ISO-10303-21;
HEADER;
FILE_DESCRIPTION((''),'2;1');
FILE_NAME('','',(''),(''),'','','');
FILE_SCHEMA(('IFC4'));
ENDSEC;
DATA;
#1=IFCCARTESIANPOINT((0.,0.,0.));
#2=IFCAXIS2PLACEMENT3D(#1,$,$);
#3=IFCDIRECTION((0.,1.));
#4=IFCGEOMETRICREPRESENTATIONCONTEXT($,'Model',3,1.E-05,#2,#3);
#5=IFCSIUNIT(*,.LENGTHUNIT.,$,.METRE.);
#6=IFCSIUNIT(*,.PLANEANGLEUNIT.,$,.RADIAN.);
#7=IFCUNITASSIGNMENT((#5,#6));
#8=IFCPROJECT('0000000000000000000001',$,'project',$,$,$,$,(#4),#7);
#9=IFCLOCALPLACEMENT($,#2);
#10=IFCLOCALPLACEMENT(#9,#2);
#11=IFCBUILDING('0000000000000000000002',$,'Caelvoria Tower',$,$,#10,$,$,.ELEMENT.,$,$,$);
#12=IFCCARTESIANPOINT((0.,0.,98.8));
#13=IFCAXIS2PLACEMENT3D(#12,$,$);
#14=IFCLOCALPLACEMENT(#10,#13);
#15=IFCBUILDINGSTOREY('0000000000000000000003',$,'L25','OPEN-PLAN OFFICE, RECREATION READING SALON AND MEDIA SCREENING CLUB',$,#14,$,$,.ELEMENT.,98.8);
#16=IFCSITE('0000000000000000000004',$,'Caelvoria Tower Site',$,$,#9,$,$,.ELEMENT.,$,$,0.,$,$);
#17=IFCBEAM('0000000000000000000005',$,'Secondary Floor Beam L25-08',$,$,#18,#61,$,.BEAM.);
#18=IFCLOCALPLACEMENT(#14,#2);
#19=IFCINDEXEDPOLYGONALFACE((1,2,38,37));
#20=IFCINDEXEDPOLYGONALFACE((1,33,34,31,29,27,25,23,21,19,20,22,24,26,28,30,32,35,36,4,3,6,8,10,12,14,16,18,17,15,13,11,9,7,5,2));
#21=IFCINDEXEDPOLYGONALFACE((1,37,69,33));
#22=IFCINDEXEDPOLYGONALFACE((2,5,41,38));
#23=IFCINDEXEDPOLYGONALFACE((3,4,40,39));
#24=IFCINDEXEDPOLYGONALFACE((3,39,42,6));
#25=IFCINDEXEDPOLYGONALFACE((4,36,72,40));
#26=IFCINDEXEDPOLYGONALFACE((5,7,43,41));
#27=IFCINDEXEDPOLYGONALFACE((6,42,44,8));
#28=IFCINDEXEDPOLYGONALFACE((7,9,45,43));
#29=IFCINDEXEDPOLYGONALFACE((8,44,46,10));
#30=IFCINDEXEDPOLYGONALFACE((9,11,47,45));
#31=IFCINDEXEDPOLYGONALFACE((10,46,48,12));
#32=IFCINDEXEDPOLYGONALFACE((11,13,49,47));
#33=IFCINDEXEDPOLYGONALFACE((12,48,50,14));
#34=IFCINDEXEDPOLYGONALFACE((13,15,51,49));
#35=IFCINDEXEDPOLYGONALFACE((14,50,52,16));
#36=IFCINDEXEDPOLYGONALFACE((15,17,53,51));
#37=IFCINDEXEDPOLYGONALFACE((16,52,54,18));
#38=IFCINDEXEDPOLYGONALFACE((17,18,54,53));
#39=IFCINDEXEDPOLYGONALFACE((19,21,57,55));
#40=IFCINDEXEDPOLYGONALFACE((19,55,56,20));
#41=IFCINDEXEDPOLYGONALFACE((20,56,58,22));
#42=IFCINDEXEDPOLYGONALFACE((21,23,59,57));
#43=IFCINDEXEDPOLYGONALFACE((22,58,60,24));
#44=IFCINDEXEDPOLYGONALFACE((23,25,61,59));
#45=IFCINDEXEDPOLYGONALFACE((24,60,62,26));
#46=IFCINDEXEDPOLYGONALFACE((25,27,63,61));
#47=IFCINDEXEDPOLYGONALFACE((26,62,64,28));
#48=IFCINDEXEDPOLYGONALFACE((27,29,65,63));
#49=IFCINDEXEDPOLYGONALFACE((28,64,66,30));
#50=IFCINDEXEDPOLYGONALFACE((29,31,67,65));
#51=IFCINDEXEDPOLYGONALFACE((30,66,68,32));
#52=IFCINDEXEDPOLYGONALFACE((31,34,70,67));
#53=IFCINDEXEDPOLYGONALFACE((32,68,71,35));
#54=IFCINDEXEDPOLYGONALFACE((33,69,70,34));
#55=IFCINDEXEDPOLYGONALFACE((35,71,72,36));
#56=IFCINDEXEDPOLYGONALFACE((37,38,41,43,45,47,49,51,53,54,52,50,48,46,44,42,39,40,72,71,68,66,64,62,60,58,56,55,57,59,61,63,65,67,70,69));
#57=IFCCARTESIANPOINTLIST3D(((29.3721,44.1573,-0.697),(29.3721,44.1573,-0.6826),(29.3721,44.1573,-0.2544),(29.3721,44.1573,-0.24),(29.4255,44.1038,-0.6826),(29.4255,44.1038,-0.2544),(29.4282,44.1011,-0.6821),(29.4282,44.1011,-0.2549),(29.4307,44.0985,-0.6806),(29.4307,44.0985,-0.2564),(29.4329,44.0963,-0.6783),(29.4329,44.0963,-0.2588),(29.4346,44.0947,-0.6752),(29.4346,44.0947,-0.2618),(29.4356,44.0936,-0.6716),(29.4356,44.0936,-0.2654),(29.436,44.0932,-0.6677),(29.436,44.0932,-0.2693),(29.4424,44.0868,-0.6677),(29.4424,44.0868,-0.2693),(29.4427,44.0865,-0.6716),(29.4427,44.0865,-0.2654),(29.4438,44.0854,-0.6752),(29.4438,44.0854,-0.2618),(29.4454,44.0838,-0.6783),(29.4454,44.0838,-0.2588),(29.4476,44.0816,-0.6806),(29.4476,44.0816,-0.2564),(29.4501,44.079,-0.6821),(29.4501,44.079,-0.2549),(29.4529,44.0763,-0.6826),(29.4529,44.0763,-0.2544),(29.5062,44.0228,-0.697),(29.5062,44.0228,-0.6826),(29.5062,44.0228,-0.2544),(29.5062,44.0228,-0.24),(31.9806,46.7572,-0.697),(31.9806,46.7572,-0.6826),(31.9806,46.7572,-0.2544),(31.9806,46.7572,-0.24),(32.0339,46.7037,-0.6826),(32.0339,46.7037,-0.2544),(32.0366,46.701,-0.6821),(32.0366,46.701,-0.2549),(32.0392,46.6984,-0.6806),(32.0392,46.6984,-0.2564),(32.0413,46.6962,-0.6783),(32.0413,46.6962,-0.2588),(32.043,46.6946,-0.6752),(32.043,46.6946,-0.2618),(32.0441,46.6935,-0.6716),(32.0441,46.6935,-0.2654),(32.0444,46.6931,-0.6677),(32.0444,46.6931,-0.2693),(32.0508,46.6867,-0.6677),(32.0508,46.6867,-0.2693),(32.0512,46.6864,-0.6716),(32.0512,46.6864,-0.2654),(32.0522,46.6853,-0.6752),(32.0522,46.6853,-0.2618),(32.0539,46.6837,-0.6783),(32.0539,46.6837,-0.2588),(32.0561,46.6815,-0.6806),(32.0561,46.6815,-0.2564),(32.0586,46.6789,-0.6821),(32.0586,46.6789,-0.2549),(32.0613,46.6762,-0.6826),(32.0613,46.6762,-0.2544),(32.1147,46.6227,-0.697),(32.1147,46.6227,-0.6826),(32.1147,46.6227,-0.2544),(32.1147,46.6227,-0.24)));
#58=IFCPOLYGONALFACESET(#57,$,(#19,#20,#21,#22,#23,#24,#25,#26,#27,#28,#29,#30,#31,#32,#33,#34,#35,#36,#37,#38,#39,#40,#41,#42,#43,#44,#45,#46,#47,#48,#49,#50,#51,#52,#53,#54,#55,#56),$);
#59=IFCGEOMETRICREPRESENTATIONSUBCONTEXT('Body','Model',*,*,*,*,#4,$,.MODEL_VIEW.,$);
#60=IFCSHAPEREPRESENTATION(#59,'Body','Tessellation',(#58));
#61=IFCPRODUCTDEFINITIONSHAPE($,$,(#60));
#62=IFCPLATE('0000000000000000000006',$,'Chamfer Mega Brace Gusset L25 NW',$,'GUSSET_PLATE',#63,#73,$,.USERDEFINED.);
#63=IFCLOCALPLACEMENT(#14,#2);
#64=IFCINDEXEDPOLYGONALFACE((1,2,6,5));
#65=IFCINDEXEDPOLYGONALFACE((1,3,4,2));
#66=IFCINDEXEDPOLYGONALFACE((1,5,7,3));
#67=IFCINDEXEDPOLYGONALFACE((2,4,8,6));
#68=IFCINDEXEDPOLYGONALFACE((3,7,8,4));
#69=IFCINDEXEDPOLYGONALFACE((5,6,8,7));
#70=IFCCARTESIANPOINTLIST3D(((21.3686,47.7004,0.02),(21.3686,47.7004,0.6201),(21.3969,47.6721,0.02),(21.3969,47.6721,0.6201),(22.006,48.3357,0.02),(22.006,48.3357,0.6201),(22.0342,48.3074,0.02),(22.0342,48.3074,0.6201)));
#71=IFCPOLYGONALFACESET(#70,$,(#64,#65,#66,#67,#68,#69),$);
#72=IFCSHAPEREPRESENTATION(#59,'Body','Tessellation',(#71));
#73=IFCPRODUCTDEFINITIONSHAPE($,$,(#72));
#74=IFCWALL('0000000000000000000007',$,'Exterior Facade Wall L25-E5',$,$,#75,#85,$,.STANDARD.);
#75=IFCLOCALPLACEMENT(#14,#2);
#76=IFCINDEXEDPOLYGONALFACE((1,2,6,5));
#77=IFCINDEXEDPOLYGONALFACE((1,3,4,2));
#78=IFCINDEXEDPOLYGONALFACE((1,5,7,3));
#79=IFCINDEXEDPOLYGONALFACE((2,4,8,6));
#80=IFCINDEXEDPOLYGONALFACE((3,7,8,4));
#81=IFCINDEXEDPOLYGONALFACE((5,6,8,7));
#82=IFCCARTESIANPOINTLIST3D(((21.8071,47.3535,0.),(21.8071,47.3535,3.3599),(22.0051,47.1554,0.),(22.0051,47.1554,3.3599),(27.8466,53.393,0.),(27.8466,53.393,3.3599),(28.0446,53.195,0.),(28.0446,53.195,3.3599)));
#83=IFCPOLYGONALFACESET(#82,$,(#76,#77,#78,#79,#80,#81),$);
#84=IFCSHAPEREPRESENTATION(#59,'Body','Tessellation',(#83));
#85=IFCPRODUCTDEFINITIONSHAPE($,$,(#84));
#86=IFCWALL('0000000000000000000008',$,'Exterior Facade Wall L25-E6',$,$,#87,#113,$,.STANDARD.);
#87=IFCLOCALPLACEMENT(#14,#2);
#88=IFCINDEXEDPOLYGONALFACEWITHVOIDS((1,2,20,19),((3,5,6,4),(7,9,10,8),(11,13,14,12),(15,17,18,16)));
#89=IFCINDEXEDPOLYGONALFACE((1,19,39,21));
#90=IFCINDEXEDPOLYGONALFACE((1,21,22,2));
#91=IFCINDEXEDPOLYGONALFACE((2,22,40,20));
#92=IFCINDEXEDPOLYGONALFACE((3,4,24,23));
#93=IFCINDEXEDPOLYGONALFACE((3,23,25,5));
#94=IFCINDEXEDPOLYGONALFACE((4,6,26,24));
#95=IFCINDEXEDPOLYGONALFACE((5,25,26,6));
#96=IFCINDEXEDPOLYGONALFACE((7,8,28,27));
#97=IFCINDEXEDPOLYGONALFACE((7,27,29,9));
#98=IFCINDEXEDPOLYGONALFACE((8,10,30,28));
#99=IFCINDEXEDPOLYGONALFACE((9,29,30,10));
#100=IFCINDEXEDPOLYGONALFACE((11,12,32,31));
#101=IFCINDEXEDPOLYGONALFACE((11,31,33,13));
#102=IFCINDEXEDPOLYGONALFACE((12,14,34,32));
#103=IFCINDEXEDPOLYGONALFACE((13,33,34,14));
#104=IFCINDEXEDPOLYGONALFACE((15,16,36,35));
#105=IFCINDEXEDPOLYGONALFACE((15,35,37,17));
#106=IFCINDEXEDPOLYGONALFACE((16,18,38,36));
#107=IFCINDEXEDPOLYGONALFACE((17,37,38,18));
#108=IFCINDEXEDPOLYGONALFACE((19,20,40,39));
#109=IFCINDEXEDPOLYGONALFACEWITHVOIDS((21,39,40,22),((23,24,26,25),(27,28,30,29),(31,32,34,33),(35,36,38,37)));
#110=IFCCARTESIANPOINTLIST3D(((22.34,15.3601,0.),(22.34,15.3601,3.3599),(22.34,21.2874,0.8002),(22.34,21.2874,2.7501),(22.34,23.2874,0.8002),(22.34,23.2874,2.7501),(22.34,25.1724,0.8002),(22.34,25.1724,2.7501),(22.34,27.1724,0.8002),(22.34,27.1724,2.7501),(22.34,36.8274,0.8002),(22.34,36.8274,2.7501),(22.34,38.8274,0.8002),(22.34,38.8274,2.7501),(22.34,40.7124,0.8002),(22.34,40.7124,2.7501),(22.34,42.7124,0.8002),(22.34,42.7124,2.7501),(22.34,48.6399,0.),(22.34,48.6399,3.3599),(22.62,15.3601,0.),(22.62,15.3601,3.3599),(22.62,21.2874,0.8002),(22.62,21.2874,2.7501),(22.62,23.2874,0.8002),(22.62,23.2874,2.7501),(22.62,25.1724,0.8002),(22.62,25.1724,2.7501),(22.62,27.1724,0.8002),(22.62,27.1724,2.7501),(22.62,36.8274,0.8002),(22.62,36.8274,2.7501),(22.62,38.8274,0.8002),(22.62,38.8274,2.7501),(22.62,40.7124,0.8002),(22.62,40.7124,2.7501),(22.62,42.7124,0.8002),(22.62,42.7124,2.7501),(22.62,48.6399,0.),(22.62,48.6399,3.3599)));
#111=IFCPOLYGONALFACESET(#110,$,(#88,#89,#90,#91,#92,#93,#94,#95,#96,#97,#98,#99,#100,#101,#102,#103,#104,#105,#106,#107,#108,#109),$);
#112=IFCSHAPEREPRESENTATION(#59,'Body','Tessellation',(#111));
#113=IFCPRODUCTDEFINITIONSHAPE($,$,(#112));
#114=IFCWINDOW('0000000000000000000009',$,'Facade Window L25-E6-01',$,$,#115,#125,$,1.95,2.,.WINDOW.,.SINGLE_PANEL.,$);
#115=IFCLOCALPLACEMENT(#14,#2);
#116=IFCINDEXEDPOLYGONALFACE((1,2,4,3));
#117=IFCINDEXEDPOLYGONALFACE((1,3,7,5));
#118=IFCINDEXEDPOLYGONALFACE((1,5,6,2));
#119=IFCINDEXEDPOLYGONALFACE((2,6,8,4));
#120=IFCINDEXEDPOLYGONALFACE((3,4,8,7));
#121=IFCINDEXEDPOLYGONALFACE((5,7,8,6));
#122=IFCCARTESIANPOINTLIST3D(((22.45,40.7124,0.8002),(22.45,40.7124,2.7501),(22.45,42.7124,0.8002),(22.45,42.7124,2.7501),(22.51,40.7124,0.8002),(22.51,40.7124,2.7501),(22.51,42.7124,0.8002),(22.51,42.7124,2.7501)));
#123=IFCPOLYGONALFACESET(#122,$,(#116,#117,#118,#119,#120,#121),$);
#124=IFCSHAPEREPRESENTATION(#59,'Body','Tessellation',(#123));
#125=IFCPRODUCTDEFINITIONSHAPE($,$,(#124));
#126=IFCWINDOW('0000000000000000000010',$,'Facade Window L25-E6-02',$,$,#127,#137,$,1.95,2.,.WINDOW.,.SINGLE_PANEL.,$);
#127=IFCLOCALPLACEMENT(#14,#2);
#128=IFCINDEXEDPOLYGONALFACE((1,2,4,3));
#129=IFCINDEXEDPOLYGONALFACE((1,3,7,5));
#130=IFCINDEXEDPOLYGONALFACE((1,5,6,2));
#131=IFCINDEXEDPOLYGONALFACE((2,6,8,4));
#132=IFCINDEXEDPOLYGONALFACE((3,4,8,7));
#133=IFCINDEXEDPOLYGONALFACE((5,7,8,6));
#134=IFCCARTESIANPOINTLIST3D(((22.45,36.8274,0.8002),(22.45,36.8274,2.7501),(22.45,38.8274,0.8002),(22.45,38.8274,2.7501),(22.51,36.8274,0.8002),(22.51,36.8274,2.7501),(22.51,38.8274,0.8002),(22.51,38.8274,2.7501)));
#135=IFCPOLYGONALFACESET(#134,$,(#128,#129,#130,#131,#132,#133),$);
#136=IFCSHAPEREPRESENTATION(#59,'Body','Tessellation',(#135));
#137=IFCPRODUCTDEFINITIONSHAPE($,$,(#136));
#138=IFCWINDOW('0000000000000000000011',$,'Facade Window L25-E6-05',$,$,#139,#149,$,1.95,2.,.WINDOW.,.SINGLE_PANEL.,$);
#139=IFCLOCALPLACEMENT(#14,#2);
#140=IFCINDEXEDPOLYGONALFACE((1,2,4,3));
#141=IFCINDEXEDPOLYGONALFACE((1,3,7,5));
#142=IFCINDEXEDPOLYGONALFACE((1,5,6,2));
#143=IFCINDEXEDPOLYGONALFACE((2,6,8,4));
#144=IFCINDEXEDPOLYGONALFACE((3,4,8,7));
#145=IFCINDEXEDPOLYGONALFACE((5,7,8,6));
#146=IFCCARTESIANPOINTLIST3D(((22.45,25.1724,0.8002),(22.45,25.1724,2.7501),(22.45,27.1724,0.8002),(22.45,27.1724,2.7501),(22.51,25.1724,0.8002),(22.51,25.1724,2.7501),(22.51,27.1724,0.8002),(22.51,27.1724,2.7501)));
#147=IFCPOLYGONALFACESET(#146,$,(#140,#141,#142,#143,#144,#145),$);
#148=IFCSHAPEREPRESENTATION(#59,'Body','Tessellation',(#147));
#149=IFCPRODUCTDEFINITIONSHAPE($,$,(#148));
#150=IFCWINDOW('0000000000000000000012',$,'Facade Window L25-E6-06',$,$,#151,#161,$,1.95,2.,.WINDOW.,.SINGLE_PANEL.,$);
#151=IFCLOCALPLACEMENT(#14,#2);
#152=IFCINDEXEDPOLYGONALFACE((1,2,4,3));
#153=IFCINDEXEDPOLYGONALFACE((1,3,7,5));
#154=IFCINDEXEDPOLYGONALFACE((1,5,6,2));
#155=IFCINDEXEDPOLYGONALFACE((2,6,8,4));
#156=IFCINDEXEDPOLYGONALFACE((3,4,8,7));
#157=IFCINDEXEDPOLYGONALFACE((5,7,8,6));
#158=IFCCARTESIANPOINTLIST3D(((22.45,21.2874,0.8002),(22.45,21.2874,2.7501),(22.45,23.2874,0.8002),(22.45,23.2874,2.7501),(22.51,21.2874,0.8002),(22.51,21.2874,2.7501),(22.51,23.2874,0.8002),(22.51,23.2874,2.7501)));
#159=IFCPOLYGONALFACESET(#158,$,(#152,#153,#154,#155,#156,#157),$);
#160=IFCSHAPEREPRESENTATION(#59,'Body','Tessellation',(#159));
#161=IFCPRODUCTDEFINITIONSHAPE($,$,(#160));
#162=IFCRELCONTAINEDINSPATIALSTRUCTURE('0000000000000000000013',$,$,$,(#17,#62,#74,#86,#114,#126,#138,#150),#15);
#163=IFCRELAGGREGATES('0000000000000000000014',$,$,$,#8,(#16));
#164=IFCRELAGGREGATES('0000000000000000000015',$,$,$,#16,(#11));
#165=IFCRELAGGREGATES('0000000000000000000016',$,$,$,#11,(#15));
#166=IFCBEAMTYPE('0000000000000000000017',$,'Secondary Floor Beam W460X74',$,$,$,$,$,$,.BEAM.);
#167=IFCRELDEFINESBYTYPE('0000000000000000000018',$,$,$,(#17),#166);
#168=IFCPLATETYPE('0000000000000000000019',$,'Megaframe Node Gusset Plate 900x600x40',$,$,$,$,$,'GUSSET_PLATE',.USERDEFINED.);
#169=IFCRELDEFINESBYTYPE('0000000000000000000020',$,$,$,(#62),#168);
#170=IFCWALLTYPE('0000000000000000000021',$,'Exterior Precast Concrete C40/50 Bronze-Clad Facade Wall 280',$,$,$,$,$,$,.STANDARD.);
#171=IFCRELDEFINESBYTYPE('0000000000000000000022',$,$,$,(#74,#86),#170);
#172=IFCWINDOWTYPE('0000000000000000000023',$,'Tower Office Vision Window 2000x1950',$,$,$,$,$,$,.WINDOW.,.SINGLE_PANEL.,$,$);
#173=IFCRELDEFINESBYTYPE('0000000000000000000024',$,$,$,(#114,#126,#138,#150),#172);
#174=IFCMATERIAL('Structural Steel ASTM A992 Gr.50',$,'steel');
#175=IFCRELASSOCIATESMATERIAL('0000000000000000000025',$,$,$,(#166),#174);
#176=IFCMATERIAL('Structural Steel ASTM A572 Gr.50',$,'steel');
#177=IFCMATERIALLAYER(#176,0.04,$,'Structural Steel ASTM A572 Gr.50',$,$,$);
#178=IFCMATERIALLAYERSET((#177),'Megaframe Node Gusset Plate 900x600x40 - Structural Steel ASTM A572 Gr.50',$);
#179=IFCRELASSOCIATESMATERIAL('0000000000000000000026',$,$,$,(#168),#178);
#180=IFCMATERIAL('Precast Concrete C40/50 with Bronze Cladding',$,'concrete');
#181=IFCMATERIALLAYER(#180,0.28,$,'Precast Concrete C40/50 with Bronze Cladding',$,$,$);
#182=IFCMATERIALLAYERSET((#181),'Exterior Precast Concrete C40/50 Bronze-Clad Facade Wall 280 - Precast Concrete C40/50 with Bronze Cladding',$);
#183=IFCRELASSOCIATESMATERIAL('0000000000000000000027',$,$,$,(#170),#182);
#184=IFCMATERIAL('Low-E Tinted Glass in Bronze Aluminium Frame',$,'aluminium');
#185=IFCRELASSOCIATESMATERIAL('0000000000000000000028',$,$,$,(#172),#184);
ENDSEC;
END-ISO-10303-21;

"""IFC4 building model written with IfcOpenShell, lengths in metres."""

from ifc_helpers import new_model, si_unit, direction, frame, frame_2d, origin, origin_2d, place, context, subcontext, project, spatial, rectangle, i_section, extrude, material, layer, layer_set, material_profile, profile_set, type_object, element, fill, save


model = new_model("IFC4")

# Units and contexts
model_context = context("Model", 3, precision=1e-05, world=origin(), true_north=direction((0.0, 1.0)))
body_context = subcontext(model_context, "Body", "Model", "MODEL_VIEW")
ifc_project = project(units=[si_unit("LENGTHUNIT", "METRE"), si_unit("PLANEANGLEUNIT", "RADIAN")], contexts=[model_context])

# Site, building, storey
site_placement = place(None, origin())
site = spatial("IfcSite", under=ifc_project, at=site_placement, Name="Caelvoria Tower Site", CompositionType="ELEMENT", RefElevation=0.0)
building_placement = place(site_placement, origin())
building = spatial("IfcBuilding", under=site, at=building_placement, Name="Caelvoria Tower", CompositionType="ELEMENT")
storey_placement = place(building_placement, frame((0.0, 0.0, 98.8)))
storey = spatial("IfcBuildingStorey", under=building, at=storey_placement, Name="L25", Description="OPEN-PLAN OFFICE, RECREATION READING SALON AND MEDIA SCREENING CLUB", CompositionType="ELEMENT", Elevation=98.8)

# Shared definitions
ifc_material_1 = material(Name="Structural Steel ASTM A572 Gr.50", Category="steel")

# Beam
ifc_material_2 = material(Name="Structural Steel ASTM A992 Gr.50", Category="steel")
ifc_material_profile_1 = material_profile(ifc_material_2, i_section(OverallWidth=0.1899, OverallDepth=0.457, WebThickness=0.009, FlangeThickness=0.0144, FilletRadius=0.0149, at=origin_2d()), Name="Structural Steel ASTM A992 Gr.50")
ifc_profile_set_1 = profile_set([ifc_material_profile_1], Name="W460X74 - Structural Steel ASTM A992 Gr.50")
beam_type_1 = type_object("IfcBeamType", Name="Secondary Floor Beam W460X74", PredefinedType="BEAM", material=ifc_profile_set_1)
beam_1_placement = place(storey_placement, frame((32.0476, 46.6899, -0.4685), z_axis=(-0.708266, -0.705946, 0.0), x_axis=(0.705946, -0.708266, 0.0)))
element("IfcBeam", 1, at=beam_1_placement, inside=storey, type_object=beam_type_1, Name="Secondary Floor Beam L25-08", PredefinedType="BEAM", context=body_context, shape_type="SweptSolid", body=[
    extrude(i_section(OverallWidth=0.1899, OverallDepth=0.457, WebThickness=0.009, FlangeThickness=0.0144, FilletRadius=0.0149, at=origin_2d()), origin(), (0.0, 0.0, 1.0), 3.6829),
])

# Plate
ifc_layer_1 = layer(ifc_material_1, 0.04, Name="Structural Steel ASTM A572 Gr.50")
ifc_layer_set_1 = layer_set([ifc_layer_1], Name="Megaframe Node Gusset Plate 900x600x40 - Structural Steel ASTM A572 Gr.50")
plate_type = type_object("IfcPlateType", Name="Megaframe Node Gusset Plate 900x600x40", ElementType="GUSSET_PLATE", PredefinedType="USERDEFINED", material=ifc_layer_set_1)
plate_placement = place(storey_placement, frame((21.7014, 48.0039, 0.02), z_axis=(0.0, 0.0, 1.0), x_axis=(0.708276, 0.705936, 0.0)))
element("IfcPlate", 2, at=plate_placement, inside=storey, type_object=plate_type, Name="Chamfer Mega Brace Gusset L25 NW", ObjectType="GUSSET_PLATE", PredefinedType="USERDEFINED", context=body_context, shape_type="SweptSolid", body=[
    extrude(rectangle(XDim=0.8999, YDim=0.04, at=origin_2d()), origin(), (0.0, 0.0, 1.0), 0.6001),
])

# Wall
ifc_material_3 = material(Name="Precast Concrete C40/50 with Bronze Cladding", Category="concrete")
ifc_layer_2 = layer(ifc_material_3, 0.28, Name="Precast Concrete C40/50 with Bronze Cladding")
ifc_layer_set_2 = layer_set([ifc_layer_2], Name="Exterior Precast Concrete C40/50 Bronze-Clad Facade Wall 280 - Precast Concrete C40/50 with Bronze Cladding")
wall_type_1 = type_object("IfcWallType", Name="Exterior Precast Concrete C40/50 Bronze-Clad Facade Wall 280", PredefinedType="STANDARD", material=ifc_layer_set_2)
wall_1_placement = place(storey_placement, frame((27.9456, 53.2939, 0.0), z_axis=(0.0, 0.0, 1.0), x_axis=(-0.707107, -0.707107, 0.0)))
element("IfcWall", 3, at=wall_1_placement, inside=storey, type_object=wall_type_1, Name="Exterior Facade Wall L25-E5", PredefinedType="STANDARD", context=body_context, shape_type="SweptSolid", body=[
    extrude(rectangle(XDim=8.5413, YDim=0.28, at=frame_2d((4.2705, 0.0))), origin(), (0.0, 0.0, 1.0), 3.3599),
])

# Wall, openings, windows
wall_2_placement = place(storey_placement, frame((22.48, 48.6399, 0.0), z_axis=(0.0, 0.0, 1.0), x_axis=(0.0, -1.0, 0.0)))
wall_2 = element("IfcWall", 4, at=wall_2_placement, inside=storey, type_object=wall_type_1, Name="Exterior Facade Wall L25-E6", PredefinedType="STANDARD", context=body_context, shape_type="SweptSolid", body=[
    extrude(rectangle(XDim=33.2798, YDim=0.28, at=frame_2d((16.6399, 0.0))), origin(), (0.0, 0.0, 1.0), 3.3599),
])
opening_1_placement = place(wall_2_placement, frame((5.9275, 0.0, 0.8)))
opening_1 = element("IfcOpeningElement", 5, at=opening_1_placement, cuts=wall_2, PredefinedType="OPENING", context=body_context, shape_type="SweptSolid", body=[
    extrude(rectangle(XDim=2.0, YDim=1.95, at=frame_2d((1.0, 0.9751))), frame((0.0, 0.1499, 0.0), z_axis=(0.0, -1.0, 0.0), x_axis=(1.0, 0.0, 0.0)), (0.0, 0.0, 1.0), 0.3),
])
opening_2_placement = place(wall_2_placement, frame((9.8125, 0.0, 0.8)))
opening_2 = element("IfcOpeningElement", 6, at=opening_2_placement, cuts=wall_2, PredefinedType="OPENING", context=body_context, shape_type="SweptSolid", body=[
    extrude(rectangle(XDim=2.0, YDim=1.95, at=frame_2d((1.0, 0.9751))), frame((0.0, 0.1499, 0.0), z_axis=(0.0, -1.0, 0.0), x_axis=(1.0, 0.0, 0.0)), (0.0, 0.0, 1.0), 0.3),
])
opening_3_placement = place(wall_2_placement, frame((21.4675, 0.0, 0.8)))
opening_3 = element("IfcOpeningElement", 7, at=opening_3_placement, cuts=wall_2, PredefinedType="OPENING", context=body_context, shape_type="SweptSolid", body=[
    extrude(rectangle(XDim=2.0, YDim=1.95, at=frame_2d((1.0, 0.9751))), frame((0.0, 0.1499, 0.0), z_axis=(0.0, -1.0, 0.0), x_axis=(1.0, 0.0, 0.0)), (0.0, 0.0, 1.0), 0.3),
])
opening_4_placement = place(wall_2_placement, frame((25.3525, 0.0, 0.8)))
opening_4 = element("IfcOpeningElement", 8, at=opening_4_placement, cuts=wall_2, PredefinedType="OPENING", context=body_context, shape_type="SweptSolid", body=[
    extrude(rectangle(XDim=2.0, YDim=1.95, at=frame_2d((1.0, 0.9751))), frame((0.0, 0.1499, 0.0), z_axis=(0.0, -1.0, 0.0), x_axis=(1.0, 0.0, 0.0)), (0.0, 0.0, 1.0), 0.3),
])
ifc_material_4 = material(Name="Low-E Tinted Glass in Bronze Aluminium Frame", Category="aluminium")
window_type = type_object("IfcWindowType", Name="Tower Office Vision Window 2000x1950", PartitioningType="SINGLE_PANEL", PredefinedType="WINDOW", material=ifc_material_4)
window_1_placement = place(opening_1_placement, origin())
window_1 = element("IfcWindow", 9, at=window_1_placement, inside=storey, type_object=window_type, Name="Facade Window L25-E6-01", OverallHeight=1.95, OverallWidth=2.0, PartitioningType="SINGLE_PANEL", PredefinedType="WINDOW", context=body_context, shape_type="SweptSolid", body=[
    extrude(rectangle(XDim=2.0, YDim=1.95, at=frame_2d((1.0, 0.9751))), frame((0.0, 0.03, 0.0), z_axis=(0.0, -1.0, 0.0), x_axis=(1.0, 0.0, 0.0)), (0.0, 0.0, 1.0), 0.0601),
])
fill(opening_1, window_1)
window_2_placement = place(opening_2_placement, origin())
window_2 = element("IfcWindow", 10, at=window_2_placement, inside=storey, type_object=window_type, Name="Facade Window L25-E6-02", OverallHeight=1.95, OverallWidth=2.0, PartitioningType="SINGLE_PANEL", PredefinedType="WINDOW", context=body_context, shape_type="SweptSolid", body=[
    extrude(rectangle(XDim=2.0, YDim=1.95, at=frame_2d((1.0, 0.9751))), frame((0.0, 0.03, 0.0), z_axis=(0.0, -1.0, 0.0), x_axis=(1.0, 0.0, 0.0)), (0.0, 0.0, 1.0), 0.0601),
])
fill(opening_2, window_2)
window_3_placement = place(opening_3_placement, origin())
window_3 = element("IfcWindow", 11, at=window_3_placement, inside=storey, type_object=window_type, Name="Facade Window L25-E6-05", OverallHeight=1.95, OverallWidth=2.0, PartitioningType="SINGLE_PANEL", PredefinedType="WINDOW", context=body_context, shape_type="SweptSolid", body=[
    extrude(rectangle(XDim=2.0, YDim=1.95, at=frame_2d((1.0, 0.9751))), frame((0.0, 0.03, 0.0), z_axis=(0.0, -1.0, 0.0), x_axis=(1.0, 0.0, 0.0)), (0.0, 0.0, 1.0), 0.0601),
])
fill(opening_3, window_3)
window_4_placement = place(opening_4_placement, origin())
window_4 = element("IfcWindow", 12, at=window_4_placement, inside=storey, type_object=window_type, Name="Facade Window L25-E6-06", OverallHeight=1.95, OverallWidth=2.0, PartitioningType="SINGLE_PANEL", PredefinedType="WINDOW", context=body_context, shape_type="SweptSolid", body=[
    extrude(rectangle(XDim=2.0, YDim=1.95, at=frame_2d((1.0, 0.9751))), frame((0.0, 0.03, 0.0), z_axis=(0.0, -1.0, 0.0), x_axis=(1.0, 0.0, 0.0)), (0.0, 0.0, 1.0), 0.0601),
])
fill(opening_4, window_4)

save(model, "model.ifc")
